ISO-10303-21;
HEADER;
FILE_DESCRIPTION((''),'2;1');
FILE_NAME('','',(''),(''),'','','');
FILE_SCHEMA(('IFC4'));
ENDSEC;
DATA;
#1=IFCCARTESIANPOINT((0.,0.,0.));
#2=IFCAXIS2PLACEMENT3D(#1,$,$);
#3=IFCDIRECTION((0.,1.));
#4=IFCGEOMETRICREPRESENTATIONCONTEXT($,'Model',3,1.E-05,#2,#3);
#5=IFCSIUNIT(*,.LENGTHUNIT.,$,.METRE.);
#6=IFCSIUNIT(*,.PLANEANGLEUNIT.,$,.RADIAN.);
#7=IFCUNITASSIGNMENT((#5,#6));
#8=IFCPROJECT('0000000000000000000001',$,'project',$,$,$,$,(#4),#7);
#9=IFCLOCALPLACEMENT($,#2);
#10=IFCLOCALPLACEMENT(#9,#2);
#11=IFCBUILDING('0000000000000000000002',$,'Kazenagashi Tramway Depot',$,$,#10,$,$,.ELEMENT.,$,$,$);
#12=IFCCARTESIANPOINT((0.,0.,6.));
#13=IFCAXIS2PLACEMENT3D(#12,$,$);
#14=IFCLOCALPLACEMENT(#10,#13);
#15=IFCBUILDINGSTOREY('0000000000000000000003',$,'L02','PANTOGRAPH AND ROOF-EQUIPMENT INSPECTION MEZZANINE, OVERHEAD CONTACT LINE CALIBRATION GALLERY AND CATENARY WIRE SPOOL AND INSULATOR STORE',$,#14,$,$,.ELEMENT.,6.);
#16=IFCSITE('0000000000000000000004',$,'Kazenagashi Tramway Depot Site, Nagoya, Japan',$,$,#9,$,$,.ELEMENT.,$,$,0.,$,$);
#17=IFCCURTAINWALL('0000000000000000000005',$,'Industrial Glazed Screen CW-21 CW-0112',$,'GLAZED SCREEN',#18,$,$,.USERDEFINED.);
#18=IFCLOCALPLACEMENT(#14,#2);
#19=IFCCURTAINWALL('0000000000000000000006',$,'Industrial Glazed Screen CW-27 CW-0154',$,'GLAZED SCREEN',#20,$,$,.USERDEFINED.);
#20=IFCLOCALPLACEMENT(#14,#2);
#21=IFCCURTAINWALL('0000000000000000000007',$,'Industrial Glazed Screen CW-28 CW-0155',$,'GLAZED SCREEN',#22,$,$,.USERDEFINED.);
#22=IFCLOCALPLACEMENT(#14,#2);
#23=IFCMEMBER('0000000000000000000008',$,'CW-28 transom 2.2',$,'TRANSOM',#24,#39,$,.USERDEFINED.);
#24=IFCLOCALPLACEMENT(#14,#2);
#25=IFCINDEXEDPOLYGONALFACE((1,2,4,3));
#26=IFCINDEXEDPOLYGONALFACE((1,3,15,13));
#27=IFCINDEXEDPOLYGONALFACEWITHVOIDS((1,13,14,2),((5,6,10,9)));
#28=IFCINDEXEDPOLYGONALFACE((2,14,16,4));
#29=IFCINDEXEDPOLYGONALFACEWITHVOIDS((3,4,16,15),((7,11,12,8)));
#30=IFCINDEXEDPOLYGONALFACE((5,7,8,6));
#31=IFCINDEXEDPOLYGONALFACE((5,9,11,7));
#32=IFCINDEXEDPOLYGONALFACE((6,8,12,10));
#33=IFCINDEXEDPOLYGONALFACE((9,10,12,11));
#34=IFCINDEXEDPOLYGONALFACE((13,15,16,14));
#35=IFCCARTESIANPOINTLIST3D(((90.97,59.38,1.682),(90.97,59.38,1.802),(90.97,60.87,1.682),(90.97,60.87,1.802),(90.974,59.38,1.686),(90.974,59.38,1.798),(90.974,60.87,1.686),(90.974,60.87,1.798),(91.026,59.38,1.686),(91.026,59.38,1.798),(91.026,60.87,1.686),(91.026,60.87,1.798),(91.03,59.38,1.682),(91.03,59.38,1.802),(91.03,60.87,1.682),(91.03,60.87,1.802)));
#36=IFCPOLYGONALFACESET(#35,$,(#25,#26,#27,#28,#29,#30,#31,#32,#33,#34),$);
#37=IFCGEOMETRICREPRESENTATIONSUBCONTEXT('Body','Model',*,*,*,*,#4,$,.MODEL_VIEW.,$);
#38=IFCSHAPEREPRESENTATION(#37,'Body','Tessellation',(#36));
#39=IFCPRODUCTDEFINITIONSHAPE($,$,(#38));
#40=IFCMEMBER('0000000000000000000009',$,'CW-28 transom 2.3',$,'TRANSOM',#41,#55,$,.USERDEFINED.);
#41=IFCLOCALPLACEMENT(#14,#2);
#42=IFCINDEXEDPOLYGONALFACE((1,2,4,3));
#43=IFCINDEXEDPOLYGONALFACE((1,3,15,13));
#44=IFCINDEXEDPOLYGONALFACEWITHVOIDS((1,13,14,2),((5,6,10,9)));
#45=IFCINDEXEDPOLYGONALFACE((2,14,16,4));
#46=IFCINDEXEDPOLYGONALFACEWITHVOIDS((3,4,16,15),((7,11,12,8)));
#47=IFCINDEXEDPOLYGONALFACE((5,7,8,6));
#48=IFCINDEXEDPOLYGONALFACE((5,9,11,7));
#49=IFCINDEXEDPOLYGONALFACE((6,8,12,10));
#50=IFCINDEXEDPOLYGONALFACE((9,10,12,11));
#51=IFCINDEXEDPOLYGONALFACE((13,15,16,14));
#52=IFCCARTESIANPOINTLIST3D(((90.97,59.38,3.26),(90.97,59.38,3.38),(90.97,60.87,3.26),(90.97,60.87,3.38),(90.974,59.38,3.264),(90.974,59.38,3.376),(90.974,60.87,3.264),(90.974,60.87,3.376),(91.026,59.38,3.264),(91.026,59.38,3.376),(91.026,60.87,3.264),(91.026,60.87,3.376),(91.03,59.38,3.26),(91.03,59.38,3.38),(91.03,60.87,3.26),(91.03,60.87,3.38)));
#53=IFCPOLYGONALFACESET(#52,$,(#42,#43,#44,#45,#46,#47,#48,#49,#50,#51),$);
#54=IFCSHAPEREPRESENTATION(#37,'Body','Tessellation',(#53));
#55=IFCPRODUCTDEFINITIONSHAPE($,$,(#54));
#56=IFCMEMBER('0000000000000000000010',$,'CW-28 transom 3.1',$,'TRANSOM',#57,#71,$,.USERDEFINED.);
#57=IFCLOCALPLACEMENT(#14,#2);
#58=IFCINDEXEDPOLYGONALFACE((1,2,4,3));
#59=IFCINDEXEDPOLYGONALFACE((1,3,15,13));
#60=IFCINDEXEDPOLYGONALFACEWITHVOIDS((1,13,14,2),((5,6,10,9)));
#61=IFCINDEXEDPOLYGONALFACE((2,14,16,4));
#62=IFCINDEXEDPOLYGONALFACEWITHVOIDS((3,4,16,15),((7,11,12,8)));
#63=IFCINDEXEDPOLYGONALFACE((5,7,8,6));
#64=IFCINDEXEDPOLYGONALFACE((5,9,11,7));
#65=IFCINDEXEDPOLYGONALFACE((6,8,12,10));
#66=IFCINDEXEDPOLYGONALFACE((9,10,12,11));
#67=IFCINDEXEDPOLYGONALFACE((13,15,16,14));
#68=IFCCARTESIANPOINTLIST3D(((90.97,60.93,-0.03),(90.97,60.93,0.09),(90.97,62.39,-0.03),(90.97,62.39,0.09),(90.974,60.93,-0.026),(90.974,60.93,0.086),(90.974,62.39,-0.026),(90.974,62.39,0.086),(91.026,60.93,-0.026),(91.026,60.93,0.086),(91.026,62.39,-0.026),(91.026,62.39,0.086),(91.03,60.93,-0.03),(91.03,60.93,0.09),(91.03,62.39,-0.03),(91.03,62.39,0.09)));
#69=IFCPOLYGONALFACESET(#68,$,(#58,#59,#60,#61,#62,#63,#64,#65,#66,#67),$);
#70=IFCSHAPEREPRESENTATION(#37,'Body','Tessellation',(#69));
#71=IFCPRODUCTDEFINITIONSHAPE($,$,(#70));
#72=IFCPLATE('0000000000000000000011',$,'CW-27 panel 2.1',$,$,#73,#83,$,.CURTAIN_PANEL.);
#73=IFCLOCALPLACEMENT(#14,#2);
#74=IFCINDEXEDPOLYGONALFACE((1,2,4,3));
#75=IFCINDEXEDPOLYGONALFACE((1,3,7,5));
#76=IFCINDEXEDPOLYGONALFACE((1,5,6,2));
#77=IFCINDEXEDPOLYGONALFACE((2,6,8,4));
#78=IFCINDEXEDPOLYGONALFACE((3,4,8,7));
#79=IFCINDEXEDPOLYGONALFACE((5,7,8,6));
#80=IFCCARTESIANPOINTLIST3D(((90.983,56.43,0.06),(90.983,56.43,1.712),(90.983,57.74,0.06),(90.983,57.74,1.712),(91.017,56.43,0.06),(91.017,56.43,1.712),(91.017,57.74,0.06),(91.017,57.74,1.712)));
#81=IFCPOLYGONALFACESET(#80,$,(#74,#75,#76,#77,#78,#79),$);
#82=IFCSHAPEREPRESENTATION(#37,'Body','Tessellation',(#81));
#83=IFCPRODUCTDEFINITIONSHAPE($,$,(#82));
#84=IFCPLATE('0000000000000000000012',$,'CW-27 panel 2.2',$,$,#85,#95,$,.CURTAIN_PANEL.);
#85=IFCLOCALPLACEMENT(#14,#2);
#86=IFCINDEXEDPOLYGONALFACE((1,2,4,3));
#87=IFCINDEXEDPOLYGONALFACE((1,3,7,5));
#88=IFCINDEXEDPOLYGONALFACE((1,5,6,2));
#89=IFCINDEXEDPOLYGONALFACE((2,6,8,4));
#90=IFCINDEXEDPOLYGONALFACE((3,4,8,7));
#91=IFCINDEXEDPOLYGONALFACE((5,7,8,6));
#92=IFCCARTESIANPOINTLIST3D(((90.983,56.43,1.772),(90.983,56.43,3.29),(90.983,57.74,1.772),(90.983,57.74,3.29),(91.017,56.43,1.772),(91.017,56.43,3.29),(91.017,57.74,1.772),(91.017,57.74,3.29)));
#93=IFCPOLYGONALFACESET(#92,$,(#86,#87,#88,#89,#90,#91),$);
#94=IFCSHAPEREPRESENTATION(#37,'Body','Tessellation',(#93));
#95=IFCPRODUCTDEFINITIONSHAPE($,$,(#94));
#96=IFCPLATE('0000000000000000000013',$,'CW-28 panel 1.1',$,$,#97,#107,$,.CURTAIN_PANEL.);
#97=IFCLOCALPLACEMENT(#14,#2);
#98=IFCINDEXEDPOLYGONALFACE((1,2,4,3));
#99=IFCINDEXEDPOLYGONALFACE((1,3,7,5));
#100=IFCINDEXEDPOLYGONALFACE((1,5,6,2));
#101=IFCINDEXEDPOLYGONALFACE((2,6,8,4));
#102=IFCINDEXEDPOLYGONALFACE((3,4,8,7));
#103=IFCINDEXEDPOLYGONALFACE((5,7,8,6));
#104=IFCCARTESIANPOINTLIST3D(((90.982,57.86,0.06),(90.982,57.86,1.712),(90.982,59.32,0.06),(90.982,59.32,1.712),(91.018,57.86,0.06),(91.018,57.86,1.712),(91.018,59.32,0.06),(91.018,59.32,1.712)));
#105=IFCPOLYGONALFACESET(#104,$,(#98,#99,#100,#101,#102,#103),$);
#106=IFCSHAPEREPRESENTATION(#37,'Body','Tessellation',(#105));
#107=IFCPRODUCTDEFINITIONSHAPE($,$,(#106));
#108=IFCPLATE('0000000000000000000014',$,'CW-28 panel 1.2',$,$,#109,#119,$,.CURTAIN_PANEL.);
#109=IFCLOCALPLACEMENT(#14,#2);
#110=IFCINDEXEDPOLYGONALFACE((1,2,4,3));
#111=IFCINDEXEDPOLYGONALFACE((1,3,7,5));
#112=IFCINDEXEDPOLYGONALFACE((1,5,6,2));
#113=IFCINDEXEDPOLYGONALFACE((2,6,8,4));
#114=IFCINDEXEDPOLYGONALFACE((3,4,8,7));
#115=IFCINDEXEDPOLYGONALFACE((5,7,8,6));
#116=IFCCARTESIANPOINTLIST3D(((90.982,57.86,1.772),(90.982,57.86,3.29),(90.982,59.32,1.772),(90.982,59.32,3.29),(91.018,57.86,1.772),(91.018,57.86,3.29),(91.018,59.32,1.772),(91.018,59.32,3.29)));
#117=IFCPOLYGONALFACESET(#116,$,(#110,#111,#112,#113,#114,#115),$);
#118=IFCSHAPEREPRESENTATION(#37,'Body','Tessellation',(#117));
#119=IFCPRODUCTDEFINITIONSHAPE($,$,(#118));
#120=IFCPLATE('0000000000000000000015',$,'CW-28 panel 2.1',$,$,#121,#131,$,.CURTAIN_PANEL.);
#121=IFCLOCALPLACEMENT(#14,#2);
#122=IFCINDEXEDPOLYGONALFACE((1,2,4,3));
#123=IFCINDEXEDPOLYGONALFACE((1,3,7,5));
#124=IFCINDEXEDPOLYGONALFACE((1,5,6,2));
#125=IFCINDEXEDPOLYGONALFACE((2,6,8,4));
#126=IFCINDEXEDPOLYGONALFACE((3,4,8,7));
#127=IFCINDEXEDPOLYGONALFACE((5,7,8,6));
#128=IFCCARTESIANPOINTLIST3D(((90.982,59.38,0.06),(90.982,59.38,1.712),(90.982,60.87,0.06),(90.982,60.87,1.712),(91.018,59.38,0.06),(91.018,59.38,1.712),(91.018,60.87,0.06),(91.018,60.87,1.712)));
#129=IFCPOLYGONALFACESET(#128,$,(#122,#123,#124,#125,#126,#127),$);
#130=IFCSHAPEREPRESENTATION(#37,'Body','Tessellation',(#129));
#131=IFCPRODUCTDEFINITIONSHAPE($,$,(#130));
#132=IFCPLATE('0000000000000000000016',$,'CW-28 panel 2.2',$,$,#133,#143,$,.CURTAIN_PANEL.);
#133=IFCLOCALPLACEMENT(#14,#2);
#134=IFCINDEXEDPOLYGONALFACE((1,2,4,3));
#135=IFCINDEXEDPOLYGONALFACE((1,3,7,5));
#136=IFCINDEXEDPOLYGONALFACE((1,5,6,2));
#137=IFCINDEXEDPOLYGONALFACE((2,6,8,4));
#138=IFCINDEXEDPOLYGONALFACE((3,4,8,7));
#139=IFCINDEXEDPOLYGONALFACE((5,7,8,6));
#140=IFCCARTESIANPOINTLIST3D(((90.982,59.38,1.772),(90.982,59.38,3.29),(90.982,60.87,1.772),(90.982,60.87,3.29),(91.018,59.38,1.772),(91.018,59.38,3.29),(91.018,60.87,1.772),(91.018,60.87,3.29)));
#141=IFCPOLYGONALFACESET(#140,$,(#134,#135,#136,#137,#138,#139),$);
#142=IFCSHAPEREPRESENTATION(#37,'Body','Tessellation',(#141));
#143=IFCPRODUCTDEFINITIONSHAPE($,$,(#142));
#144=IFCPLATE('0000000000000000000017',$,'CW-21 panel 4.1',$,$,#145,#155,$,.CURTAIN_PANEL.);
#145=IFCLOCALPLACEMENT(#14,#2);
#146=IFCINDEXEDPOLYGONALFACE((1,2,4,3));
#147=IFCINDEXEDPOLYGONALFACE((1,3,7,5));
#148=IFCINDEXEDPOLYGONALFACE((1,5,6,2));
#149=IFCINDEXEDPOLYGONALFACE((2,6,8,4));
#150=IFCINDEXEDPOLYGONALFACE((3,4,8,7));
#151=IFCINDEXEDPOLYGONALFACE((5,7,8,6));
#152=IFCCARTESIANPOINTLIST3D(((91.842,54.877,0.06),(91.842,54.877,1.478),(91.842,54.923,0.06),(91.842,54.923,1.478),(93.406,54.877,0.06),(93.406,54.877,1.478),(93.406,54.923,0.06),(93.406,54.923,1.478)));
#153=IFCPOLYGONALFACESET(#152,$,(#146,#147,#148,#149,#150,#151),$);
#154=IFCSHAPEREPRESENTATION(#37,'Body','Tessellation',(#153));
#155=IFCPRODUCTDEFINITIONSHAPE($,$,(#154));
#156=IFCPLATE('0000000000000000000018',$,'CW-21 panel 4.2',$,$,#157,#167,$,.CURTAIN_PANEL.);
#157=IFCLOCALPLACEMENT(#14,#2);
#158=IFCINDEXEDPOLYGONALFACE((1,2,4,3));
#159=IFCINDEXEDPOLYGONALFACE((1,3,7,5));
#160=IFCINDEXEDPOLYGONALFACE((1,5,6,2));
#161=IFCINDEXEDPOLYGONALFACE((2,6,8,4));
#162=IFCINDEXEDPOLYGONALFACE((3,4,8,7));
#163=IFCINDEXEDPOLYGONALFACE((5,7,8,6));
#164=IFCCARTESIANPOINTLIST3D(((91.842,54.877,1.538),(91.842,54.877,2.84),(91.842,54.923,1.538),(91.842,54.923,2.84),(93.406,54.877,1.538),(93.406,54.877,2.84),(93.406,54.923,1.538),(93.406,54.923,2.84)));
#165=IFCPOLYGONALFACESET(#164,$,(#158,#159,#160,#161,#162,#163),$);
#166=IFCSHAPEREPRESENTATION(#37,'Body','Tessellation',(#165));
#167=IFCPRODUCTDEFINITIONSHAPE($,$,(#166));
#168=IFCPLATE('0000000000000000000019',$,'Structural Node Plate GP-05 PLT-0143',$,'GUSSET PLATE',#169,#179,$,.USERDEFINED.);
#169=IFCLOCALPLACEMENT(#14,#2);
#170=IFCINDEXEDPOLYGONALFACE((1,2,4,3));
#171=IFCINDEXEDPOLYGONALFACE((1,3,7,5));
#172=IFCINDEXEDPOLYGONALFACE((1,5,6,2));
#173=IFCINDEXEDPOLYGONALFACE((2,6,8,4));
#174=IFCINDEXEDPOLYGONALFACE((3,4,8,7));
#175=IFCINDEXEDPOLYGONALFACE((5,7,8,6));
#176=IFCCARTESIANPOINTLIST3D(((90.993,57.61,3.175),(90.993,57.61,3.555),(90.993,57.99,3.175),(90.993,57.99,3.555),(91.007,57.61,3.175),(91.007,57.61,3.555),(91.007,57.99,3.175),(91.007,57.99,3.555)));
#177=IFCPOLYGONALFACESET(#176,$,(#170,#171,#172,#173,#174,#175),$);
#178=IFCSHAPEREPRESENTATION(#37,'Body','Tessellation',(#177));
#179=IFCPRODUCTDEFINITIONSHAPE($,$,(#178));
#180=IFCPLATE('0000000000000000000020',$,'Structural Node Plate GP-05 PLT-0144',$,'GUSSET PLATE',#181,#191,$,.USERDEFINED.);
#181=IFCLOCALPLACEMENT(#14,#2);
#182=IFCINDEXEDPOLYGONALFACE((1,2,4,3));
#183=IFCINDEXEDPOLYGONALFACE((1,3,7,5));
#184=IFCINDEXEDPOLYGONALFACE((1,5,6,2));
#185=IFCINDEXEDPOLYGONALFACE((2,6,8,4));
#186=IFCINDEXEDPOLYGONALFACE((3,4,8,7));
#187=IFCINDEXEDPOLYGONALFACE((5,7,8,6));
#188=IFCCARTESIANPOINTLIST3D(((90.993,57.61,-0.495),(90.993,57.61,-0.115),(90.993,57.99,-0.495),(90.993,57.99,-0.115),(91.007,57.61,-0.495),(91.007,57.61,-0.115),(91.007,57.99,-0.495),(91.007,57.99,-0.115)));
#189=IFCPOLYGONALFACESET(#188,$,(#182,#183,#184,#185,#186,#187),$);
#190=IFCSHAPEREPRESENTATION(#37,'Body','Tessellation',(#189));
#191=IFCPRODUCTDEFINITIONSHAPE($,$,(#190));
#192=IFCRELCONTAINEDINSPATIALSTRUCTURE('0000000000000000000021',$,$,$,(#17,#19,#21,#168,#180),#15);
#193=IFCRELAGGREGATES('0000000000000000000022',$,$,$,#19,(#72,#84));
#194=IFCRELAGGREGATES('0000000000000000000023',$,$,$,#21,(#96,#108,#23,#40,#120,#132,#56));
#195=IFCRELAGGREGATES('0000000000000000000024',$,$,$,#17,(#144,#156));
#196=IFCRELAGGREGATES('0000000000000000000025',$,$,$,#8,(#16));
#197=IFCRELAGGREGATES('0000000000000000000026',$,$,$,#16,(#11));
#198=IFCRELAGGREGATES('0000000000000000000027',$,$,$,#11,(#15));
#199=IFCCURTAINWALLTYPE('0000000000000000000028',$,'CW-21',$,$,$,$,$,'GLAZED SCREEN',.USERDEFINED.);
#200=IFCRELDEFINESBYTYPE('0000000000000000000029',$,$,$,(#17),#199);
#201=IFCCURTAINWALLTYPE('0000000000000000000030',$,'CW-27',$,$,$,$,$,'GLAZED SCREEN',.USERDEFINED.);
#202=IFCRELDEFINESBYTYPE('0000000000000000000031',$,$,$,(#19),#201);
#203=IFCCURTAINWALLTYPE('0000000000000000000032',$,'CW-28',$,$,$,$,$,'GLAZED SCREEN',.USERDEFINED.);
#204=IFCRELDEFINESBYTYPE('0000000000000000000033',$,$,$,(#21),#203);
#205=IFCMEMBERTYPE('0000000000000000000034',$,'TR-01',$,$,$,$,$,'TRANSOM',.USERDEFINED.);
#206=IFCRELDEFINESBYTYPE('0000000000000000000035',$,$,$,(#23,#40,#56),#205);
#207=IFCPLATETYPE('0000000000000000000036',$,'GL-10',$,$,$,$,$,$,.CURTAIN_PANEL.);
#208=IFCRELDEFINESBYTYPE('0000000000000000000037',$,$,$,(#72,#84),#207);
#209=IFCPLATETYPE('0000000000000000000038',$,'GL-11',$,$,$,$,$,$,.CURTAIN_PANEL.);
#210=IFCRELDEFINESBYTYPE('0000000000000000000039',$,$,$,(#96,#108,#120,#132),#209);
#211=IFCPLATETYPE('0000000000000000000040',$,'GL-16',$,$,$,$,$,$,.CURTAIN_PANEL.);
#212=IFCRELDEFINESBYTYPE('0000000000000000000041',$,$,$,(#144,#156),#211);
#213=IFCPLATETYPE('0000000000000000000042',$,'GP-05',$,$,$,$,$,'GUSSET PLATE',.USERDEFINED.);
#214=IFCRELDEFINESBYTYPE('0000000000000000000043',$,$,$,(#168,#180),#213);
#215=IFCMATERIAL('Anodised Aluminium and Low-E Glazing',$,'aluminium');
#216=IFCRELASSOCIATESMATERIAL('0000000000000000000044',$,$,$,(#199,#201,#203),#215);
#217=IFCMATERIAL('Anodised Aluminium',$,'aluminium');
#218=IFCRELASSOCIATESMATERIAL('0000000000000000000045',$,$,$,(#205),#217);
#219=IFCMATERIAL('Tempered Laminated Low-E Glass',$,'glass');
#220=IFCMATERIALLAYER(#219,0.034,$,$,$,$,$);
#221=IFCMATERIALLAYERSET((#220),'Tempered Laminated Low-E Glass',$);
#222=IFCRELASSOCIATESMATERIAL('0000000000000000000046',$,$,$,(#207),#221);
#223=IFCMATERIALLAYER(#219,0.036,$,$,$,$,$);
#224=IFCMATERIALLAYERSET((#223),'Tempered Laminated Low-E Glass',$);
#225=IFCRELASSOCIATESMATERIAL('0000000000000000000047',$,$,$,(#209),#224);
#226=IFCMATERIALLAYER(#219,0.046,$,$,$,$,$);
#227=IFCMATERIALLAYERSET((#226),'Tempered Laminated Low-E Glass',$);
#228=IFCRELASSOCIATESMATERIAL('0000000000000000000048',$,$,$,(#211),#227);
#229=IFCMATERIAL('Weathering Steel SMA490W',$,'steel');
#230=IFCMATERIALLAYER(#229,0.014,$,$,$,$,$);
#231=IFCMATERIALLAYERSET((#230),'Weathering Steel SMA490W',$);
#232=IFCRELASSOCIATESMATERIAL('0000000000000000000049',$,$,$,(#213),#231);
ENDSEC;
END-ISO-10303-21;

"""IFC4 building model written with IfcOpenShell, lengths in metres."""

from ifc_helpers import new_model, si_unit, direction, frame, origin, origin_2d, place, context, subcontext, project, spatial, rectangle, hollow_rectangle, extrude, material, layer, layer_set, material_profile, profile_set, type_object, element, aggregate, save


model = new_model("IFC4")

# Units and contexts
model_context = context("Model", 3, precision=1e-05, world=origin(), true_north=direction((0.0, 1.0)))
body_context = subcontext(model_context, "Body", "Model", "MODEL_VIEW")
ifc_project = project(units=[si_unit("LENGTHUNIT", "METRE"), si_unit("PLANEANGLEUNIT", "RADIAN")], contexts=[model_context])

# Site, building, storey
site_placement = place(None, origin())
site = spatial("IfcSite", under=ifc_project, at=site_placement, Name="Kazenagashi Tramway Depot Site, Nagoya, Japan", CompositionType="ELEMENT", RefElevation=0.0)
building_placement = place(site_placement, origin())
building = spatial("IfcBuilding", under=site, at=building_placement, Name="Kazenagashi Tramway Depot", CompositionType="ELEMENT")
storey_placement = place(building_placement, frame((0.0, 0.0, 6.0)))
storey = spatial("IfcBuildingStorey", under=building, at=storey_placement, Name="L02", Description="PANTOGRAPH AND ROOF-EQUIPMENT INSPECTION MEZZANINE, OVERHEAD CONTACT LINE CALIBRATION GALLERY AND CATENARY WIRE SPOOL AND INSULATOR STORE", CompositionType="ELEMENT", Elevation=6.0)

# Shared definitions
ifc_material_1 = material(Name="Weathering Steel SMA490W", Category="steel")

# Curtain walls
ifc_material_2 = material(Name="Anodised Aluminium and Low-E Glazing", Category="aluminium")
curtain_wall_type_1 = type_object("IfcCurtainWallType", Name="CW-21", ElementType="GLAZED SCREEN", PredefinedType="USERDEFINED", material=ifc_material_2)
curtain_wall_1_placement = place(storey_placement, origin())
curtain_wall_1 = element("IfcCurtainWall", 1, at=curtain_wall_1_placement, inside=storey, type_object=curtain_wall_type_1, Name="Industrial Glazed Screen CW-21 CW-0112", ObjectType="GLAZED SCREEN", PredefinedType="USERDEFINED")
ifc_material_3 = material(Name="Anodised Aluminium", Category="aluminium")
curtain_wall_type_2 = type_object("IfcCurtainWallType", Name="CW-27", ElementType="GLAZED SCREEN", PredefinedType="USERDEFINED", material=ifc_material_2)
curtain_wall_2_placement = place(storey_placement, origin())
curtain_wall_2 = element("IfcCurtainWall", 2, at=curtain_wall_2_placement, inside=storey, type_object=curtain_wall_type_2, Name="Industrial Glazed Screen CW-27 CW-0154", ObjectType="GLAZED SCREEN", PredefinedType="USERDEFINED")
curtain_wall_type_3 = type_object("IfcCurtainWallType", Name="CW-28", ElementType="GLAZED SCREEN", PredefinedType="USERDEFINED", material=ifc_material_2)
curtain_wall_3_placement = place(storey_placement, origin())
curtain_wall_3 = element("IfcCurtainWall", 3, at=curtain_wall_3_placement, inside=storey, type_object=curtain_wall_type_3, Name="Industrial Glazed Screen CW-28 CW-0155", ObjectType="GLAZED SCREEN", PredefinedType="USERDEFINED")

# Members
ifc_material_profile_1 = material_profile(ifc_material_3, hollow_rectangle(XDim=0.06, YDim=0.12, WallThickness=0.004, at=origin_2d()), Name="RHS-120x60x4")
ifc_profile_set_1 = profile_set([ifc_material_profile_1], Name="Anodised Aluminium")
member_type_1 = type_object("IfcMemberType", Name="TR-01", ElementType="TRANSOM", PredefinedType="USERDEFINED", material=ifc_profile_set_1)
member_1_placement = place(storey_placement, frame((91.0, 59.38, 1.742), z_axis=(0.0, 1.0, 0.0), x_axis=(-1.0, 0.0, 0.0)))
member_1 = element("IfcMember", 4, at=member_1_placement, type_object=member_type_1, Name="CW-28 transom 2.2", ObjectType="TRANSOM", PredefinedType="USERDEFINED", context=body_context, shape_type="SweptSolid", body=[
    extrude(hollow_rectangle(XDim=0.06, YDim=0.12, WallThickness=0.004, at=origin_2d()), origin(), (0.0, 0.0, 1.0), 1.49),
])
member_2_placement = place(storey_placement, frame((91.0, 59.38, 3.32), z_axis=(0.0, 1.0, 0.0), x_axis=(-1.0, 0.0, 0.0)))
member_2 = element("IfcMember", 5, at=member_2_placement, type_object=member_type_1, Name="CW-28 transom 2.3", ObjectType="TRANSOM", PredefinedType="USERDEFINED", context=body_context, shape_type="SweptSolid", body=[
    extrude(hollow_rectangle(XDim=0.06, YDim=0.12, WallThickness=0.004, at=origin_2d()), origin(), (0.0, 0.0, 1.0), 1.49),
])
member_3_placement = place(storey_placement, frame((91.0, 60.93, 0.03), z_axis=(0.0, 1.0, 0.0), x_axis=(-1.0, 0.0, 0.0)))
member_3 = element("IfcMember", 6, at=member_3_placement, type_object=member_type_1, Name="CW-28 transom 3.1", ObjectType="TRANSOM", PredefinedType="USERDEFINED", context=body_context, shape_type="SweptSolid", body=[
    extrude(hollow_rectangle(XDim=0.06, YDim=0.12, WallThickness=0.004, at=origin_2d()), origin(), (0.0, 0.0, 1.0), 1.46),
])

# Plates
ifc_material_4 = material(Name="Tempered Laminated Low-E Glass", Category="glass")
ifc_layer_1 = layer(ifc_material_4, 0.034)
ifc_layer_set_1 = layer_set([ifc_layer_1], Name="Tempered Laminated Low-E Glass")
plate_type_1 = type_object("IfcPlateType", Name="GL-10", PredefinedType="CURTAIN_PANEL", material=ifc_layer_set_1)
plate_1_placement = place(storey_placement, frame((91.0, 57.085, 0.06), z_axis=(0.0, 0.0, 1.0), x_axis=(0.0, 1.0, 0.0)))
plate_1 = element("IfcPlate", 7, at=plate_1_placement, type_object=plate_type_1, Name="CW-27 panel 2.1", PredefinedType="CURTAIN_PANEL", context=body_context, shape_type="SweptSolid", body=[
    extrude(rectangle(XDim=1.31, YDim=0.034, at=origin_2d()), origin(), (0.0, 0.0, 1.0), 1.652),
])
plate_2_placement = place(storey_placement, frame((91.0, 57.085, 1.772), z_axis=(0.0, 0.0, 1.0), x_axis=(0.0, 1.0, 0.0)))
plate_2 = element("IfcPlate", 8, at=plate_2_placement, type_object=plate_type_1, Name="CW-27 panel 2.2", PredefinedType="CURTAIN_PANEL", context=body_context, shape_type="SweptSolid", body=[
    extrude(rectangle(XDim=1.31, YDim=0.034, at=origin_2d()), origin(), (0.0, 0.0, 1.0), 1.518),
])
aggregate(curtain_wall_2, [plate_1, plate_2])
ifc_layer_2 = layer(ifc_material_4, 0.036)
ifc_layer_set_2 = layer_set([ifc_layer_2], Name="Tempered Laminated Low-E Glass")
plate_type_2 = type_object("IfcPlateType", Name="GL-11", PredefinedType="CURTAIN_PANEL", material=ifc_layer_set_2)
plate_3_placement = place(storey_placement, frame((91.0, 58.59, 0.06), z_axis=(0.0, 0.0, 1.0), x_axis=(0.0, 1.0, 0.0)))
plate_3 = element("IfcPlate", 9, at=plate_3_placement, type_object=plate_type_2, Name="CW-28 panel 1.1", PredefinedType="CURTAIN_PANEL", context=body_context, shape_type="SweptSolid", body=[
    extrude(rectangle(XDim=1.46, YDim=0.036, at=origin_2d()), origin(), (0.0, 0.0, 1.0), 1.652),
])
plate_4_placement = place(storey_placement, frame((91.0, 58.59, 1.772), z_axis=(0.0, 0.0, 1.0), x_axis=(0.0, 1.0, 0.0)))
plate_4 = element("IfcPlate", 10, at=plate_4_placement, type_object=plate_type_2, Name="CW-28 panel 1.2", PredefinedType="CURTAIN_PANEL", context=body_context, shape_type="SweptSolid", body=[
    extrude(rectangle(XDim=1.46, YDim=0.036, at=origin_2d()), origin(), (0.0, 0.0, 1.0), 1.518),
])
plate_5_placement = place(storey_placement, frame((91.0, 60.125, 0.06), z_axis=(0.0, 0.0, 1.0), x_axis=(0.0, 1.0, 0.0)))
plate_5 = element("IfcPlate", 11, at=plate_5_placement, type_object=plate_type_2, Name="CW-28 panel 2.1", PredefinedType="CURTAIN_PANEL", context=body_context, shape_type="SweptSolid", body=[
    extrude(rectangle(XDim=1.49, YDim=0.036, at=origin_2d()), origin(), (0.0, 0.0, 1.0), 1.652),
])
plate_6_placement = place(storey_placement, frame((91.0, 60.125, 1.772), z_axis=(0.0, 0.0, 1.0), x_axis=(0.0, 1.0, 0.0)))
plate_6 = element("IfcPlate", 12, at=plate_6_placement, type_object=plate_type_2, Name="CW-28 panel 2.2", PredefinedType="CURTAIN_PANEL", context=body_context, shape_type="SweptSolid", body=[
    extrude(rectangle(XDim=1.49, YDim=0.036, at=origin_2d()), origin(), (0.0, 0.0, 1.0), 1.518),
])
aggregate(curtain_wall_3, [plate_3, plate_4, member_1, member_2, plate_5, plate_6, member_3])
ifc_layer_3 = layer(ifc_material_4, 0.046)
ifc_layer_set_3 = layer_set([ifc_layer_3], Name="Tempered Laminated Low-E Glass")
plate_type_3 = type_object("IfcPlateType", Name="GL-16", PredefinedType="CURTAIN_PANEL", material=ifc_layer_set_3)
plate_7_placement = place(storey_placement, frame((92.624, 54.9, 0.06), z_axis=(0.0, 0.0, 1.0), x_axis=(1.0, 0.0, 0.0)))
plate_7 = element("IfcPlate", 13, at=plate_7_placement, type_object=plate_type_3, Name="CW-21 panel 4.1", PredefinedType="CURTAIN_PANEL", context=body_context, shape_type="SweptSolid", body=[
    extrude(rectangle(XDim=1.564, YDim=0.046, at=origin_2d()), origin(), (0.0, 0.0, 1.0), 1.418),
])
plate_8_placement = place(storey_placement, frame((92.624, 54.9, 1.538), z_axis=(0.0, 0.0, 1.0), x_axis=(1.0, 0.0, 0.0)))
plate_8 = element("IfcPlate", 14, at=plate_8_placement, type_object=plate_type_3, Name="CW-21 panel 4.2", PredefinedType="CURTAIN_PANEL", context=body_context, shape_type="SweptSolid", body=[
    extrude(rectangle(XDim=1.564, YDim=0.046, at=origin_2d()), origin(), (0.0, 0.0, 1.0), 1.302),
])
aggregate(curtain_wall_1, [plate_7, plate_8])

# Plates
ifc_layer_4 = layer(ifc_material_1, 0.014)
ifc_layer_set_4 = layer_set([ifc_layer_4], Name="Weathering Steel SMA490W")
plate_type_4 = type_object("IfcPlateType", Name="GP-05", ElementType="GUSSET PLATE", PredefinedType="USERDEFINED", material=ifc_layer_set_4)
for number, where, z_axis, x_axis, name in (
    (15, (91.0, 57.8, 3.175), (0.0, 0.0, 1.0), (0.0, 1.0, 0.0), "Structural Node Plate GP-05 PLT-0143"),
    (16, (91.0, 57.8, -0.495), (0.0, 0.0, 1.0), (0.0, 1.0, 0.0), "Structural Node Plate GP-05 PLT-0144"),
):
    element("IfcPlate", number, at=place(storey_placement, frame(where, z_axis=z_axis, x_axis=x_axis)), inside=storey, type_object=plate_type_4, Name=name, ObjectType="GUSSET PLATE", PredefinedType="USERDEFINED", context=body_context, shape_type="SweptSolid", body=[
        extrude(rectangle(XDim=0.38, YDim=0.014, at=origin_2d()), origin(), (0.0, 0.0, 1.0), 0.38),
    ])

save(model, "model.ifc")
